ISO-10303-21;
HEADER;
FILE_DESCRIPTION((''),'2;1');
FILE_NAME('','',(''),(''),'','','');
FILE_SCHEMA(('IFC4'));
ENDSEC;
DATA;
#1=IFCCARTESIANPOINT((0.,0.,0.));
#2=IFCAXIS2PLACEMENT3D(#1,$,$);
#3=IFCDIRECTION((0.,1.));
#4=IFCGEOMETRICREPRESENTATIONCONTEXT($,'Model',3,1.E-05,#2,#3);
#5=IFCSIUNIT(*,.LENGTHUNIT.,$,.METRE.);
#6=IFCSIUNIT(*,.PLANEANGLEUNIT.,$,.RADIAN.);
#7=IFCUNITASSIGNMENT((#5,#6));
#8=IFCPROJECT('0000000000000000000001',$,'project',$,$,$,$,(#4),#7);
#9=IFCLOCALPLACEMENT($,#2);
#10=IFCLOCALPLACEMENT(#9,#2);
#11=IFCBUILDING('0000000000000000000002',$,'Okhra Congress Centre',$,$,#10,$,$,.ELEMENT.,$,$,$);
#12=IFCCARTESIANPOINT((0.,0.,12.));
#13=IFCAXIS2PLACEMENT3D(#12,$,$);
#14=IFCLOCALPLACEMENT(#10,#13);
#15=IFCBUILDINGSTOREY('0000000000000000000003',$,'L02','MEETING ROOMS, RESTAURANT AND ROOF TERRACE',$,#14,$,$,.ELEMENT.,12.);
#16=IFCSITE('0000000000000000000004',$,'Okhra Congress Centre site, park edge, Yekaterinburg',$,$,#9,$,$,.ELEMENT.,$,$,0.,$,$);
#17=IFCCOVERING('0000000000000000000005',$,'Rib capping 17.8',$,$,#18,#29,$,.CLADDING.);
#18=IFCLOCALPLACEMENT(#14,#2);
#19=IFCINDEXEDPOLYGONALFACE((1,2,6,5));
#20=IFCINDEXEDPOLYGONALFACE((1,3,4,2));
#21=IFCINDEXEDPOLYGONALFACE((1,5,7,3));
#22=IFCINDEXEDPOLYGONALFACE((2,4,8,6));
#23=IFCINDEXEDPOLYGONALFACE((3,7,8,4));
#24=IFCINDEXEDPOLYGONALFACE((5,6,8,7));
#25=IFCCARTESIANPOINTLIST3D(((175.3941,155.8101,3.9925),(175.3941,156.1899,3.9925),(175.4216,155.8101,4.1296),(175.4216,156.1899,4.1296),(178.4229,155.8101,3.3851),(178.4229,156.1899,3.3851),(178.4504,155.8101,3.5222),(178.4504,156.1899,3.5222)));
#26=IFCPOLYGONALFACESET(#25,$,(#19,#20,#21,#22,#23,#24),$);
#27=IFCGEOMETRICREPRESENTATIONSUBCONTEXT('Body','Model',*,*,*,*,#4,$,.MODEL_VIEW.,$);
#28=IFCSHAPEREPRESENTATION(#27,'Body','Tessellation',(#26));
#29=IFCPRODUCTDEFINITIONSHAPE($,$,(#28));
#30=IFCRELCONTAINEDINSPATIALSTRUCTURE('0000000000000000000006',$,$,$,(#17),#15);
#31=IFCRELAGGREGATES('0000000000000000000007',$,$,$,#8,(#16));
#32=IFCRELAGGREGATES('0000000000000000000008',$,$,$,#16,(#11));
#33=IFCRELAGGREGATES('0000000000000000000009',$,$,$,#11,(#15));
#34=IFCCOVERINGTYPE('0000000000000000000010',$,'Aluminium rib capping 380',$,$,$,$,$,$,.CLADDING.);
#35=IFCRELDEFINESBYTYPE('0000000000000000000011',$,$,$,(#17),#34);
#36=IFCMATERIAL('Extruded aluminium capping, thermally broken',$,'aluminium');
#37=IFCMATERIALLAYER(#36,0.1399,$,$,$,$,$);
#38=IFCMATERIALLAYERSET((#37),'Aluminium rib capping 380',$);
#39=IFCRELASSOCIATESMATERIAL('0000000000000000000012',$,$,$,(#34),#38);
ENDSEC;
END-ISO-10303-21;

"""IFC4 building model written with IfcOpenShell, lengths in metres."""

from ifc_helpers import new_model, si_unit, direction, frame, origin, place, context, subcontext, project, spatial, polyline, outline, extrude, material, layer, layer_set, type_object, element, save


model = new_model("IFC4")

# Units and contexts
model_context = context("Model", 3, precision=1e-05, world=origin(), true_north=direction((0.0, 1.0)))
body_context = subcontext(model_context, "Body", "Model", "MODEL_VIEW")
ifc_project = project(units=[si_unit("LENGTHUNIT", "METRE"), si_unit("PLANEANGLEUNIT", "RADIAN")], contexts=[model_context])

# Site, building, storey
site_placement = place(None, origin())
site = spatial("IfcSite", under=ifc_project, at=site_placement, Name="Okhra Congress Centre site, park edge, Yekaterinburg", CompositionType="ELEMENT", RefElevation=0.0)
building_placement = place(site_placement, origin())
building = spatial("IfcBuilding", under=site, at=building_placement, Name="Okhra Congress Centre", CompositionType="ELEMENT")
storey_placement = place(building_placement, frame((0.0, 0.0, 12.0)))
storey = spatial("IfcBuildingStorey", under=building, at=storey_placement, Name="L02", Description="MEETING ROOMS, RESTAURANT AND ROOF TERRACE", CompositionType="ELEMENT", Elevation=12.0)

# Covering
ifc_material_1 = material(Name="Extruded aluminium capping, thermally broken", Category="aluminium")
ifc_layer = layer(ifc_material_1, 0.1399)
ifc_layer_set = layer_set([ifc_layer], Name="Aluminium rib capping 380")
covering_type = type_object("IfcCoveringType", Name="Aluminium rib capping 380", PredefinedType="CLADDING", material=ifc_layer_set)
covering_1_placement = place(storey_placement, frame((175.4216, 155.8101, 4.1296), z_axis=(0.196633, 0.0, 0.980477), x_axis=(0.980477, 0.0, -0.196633)))
element("IfcCovering", 1, at=covering_1_placement, inside=storey, type_object=covering_type, Name="Rib capping 17.8", PredefinedType="CLADDING", context=body_context, shape_type="SweptSolid", body=[
    extrude(outline(polyline([(0.0, 0.0), (3.0891, 0.0), (3.0891, 0.3799), (0.0, 0.3799), (0.0, 0.0)])), origin(), (0.0, 0.0, -1.0), 0.1399),
])

save(model, "model.ifc")
